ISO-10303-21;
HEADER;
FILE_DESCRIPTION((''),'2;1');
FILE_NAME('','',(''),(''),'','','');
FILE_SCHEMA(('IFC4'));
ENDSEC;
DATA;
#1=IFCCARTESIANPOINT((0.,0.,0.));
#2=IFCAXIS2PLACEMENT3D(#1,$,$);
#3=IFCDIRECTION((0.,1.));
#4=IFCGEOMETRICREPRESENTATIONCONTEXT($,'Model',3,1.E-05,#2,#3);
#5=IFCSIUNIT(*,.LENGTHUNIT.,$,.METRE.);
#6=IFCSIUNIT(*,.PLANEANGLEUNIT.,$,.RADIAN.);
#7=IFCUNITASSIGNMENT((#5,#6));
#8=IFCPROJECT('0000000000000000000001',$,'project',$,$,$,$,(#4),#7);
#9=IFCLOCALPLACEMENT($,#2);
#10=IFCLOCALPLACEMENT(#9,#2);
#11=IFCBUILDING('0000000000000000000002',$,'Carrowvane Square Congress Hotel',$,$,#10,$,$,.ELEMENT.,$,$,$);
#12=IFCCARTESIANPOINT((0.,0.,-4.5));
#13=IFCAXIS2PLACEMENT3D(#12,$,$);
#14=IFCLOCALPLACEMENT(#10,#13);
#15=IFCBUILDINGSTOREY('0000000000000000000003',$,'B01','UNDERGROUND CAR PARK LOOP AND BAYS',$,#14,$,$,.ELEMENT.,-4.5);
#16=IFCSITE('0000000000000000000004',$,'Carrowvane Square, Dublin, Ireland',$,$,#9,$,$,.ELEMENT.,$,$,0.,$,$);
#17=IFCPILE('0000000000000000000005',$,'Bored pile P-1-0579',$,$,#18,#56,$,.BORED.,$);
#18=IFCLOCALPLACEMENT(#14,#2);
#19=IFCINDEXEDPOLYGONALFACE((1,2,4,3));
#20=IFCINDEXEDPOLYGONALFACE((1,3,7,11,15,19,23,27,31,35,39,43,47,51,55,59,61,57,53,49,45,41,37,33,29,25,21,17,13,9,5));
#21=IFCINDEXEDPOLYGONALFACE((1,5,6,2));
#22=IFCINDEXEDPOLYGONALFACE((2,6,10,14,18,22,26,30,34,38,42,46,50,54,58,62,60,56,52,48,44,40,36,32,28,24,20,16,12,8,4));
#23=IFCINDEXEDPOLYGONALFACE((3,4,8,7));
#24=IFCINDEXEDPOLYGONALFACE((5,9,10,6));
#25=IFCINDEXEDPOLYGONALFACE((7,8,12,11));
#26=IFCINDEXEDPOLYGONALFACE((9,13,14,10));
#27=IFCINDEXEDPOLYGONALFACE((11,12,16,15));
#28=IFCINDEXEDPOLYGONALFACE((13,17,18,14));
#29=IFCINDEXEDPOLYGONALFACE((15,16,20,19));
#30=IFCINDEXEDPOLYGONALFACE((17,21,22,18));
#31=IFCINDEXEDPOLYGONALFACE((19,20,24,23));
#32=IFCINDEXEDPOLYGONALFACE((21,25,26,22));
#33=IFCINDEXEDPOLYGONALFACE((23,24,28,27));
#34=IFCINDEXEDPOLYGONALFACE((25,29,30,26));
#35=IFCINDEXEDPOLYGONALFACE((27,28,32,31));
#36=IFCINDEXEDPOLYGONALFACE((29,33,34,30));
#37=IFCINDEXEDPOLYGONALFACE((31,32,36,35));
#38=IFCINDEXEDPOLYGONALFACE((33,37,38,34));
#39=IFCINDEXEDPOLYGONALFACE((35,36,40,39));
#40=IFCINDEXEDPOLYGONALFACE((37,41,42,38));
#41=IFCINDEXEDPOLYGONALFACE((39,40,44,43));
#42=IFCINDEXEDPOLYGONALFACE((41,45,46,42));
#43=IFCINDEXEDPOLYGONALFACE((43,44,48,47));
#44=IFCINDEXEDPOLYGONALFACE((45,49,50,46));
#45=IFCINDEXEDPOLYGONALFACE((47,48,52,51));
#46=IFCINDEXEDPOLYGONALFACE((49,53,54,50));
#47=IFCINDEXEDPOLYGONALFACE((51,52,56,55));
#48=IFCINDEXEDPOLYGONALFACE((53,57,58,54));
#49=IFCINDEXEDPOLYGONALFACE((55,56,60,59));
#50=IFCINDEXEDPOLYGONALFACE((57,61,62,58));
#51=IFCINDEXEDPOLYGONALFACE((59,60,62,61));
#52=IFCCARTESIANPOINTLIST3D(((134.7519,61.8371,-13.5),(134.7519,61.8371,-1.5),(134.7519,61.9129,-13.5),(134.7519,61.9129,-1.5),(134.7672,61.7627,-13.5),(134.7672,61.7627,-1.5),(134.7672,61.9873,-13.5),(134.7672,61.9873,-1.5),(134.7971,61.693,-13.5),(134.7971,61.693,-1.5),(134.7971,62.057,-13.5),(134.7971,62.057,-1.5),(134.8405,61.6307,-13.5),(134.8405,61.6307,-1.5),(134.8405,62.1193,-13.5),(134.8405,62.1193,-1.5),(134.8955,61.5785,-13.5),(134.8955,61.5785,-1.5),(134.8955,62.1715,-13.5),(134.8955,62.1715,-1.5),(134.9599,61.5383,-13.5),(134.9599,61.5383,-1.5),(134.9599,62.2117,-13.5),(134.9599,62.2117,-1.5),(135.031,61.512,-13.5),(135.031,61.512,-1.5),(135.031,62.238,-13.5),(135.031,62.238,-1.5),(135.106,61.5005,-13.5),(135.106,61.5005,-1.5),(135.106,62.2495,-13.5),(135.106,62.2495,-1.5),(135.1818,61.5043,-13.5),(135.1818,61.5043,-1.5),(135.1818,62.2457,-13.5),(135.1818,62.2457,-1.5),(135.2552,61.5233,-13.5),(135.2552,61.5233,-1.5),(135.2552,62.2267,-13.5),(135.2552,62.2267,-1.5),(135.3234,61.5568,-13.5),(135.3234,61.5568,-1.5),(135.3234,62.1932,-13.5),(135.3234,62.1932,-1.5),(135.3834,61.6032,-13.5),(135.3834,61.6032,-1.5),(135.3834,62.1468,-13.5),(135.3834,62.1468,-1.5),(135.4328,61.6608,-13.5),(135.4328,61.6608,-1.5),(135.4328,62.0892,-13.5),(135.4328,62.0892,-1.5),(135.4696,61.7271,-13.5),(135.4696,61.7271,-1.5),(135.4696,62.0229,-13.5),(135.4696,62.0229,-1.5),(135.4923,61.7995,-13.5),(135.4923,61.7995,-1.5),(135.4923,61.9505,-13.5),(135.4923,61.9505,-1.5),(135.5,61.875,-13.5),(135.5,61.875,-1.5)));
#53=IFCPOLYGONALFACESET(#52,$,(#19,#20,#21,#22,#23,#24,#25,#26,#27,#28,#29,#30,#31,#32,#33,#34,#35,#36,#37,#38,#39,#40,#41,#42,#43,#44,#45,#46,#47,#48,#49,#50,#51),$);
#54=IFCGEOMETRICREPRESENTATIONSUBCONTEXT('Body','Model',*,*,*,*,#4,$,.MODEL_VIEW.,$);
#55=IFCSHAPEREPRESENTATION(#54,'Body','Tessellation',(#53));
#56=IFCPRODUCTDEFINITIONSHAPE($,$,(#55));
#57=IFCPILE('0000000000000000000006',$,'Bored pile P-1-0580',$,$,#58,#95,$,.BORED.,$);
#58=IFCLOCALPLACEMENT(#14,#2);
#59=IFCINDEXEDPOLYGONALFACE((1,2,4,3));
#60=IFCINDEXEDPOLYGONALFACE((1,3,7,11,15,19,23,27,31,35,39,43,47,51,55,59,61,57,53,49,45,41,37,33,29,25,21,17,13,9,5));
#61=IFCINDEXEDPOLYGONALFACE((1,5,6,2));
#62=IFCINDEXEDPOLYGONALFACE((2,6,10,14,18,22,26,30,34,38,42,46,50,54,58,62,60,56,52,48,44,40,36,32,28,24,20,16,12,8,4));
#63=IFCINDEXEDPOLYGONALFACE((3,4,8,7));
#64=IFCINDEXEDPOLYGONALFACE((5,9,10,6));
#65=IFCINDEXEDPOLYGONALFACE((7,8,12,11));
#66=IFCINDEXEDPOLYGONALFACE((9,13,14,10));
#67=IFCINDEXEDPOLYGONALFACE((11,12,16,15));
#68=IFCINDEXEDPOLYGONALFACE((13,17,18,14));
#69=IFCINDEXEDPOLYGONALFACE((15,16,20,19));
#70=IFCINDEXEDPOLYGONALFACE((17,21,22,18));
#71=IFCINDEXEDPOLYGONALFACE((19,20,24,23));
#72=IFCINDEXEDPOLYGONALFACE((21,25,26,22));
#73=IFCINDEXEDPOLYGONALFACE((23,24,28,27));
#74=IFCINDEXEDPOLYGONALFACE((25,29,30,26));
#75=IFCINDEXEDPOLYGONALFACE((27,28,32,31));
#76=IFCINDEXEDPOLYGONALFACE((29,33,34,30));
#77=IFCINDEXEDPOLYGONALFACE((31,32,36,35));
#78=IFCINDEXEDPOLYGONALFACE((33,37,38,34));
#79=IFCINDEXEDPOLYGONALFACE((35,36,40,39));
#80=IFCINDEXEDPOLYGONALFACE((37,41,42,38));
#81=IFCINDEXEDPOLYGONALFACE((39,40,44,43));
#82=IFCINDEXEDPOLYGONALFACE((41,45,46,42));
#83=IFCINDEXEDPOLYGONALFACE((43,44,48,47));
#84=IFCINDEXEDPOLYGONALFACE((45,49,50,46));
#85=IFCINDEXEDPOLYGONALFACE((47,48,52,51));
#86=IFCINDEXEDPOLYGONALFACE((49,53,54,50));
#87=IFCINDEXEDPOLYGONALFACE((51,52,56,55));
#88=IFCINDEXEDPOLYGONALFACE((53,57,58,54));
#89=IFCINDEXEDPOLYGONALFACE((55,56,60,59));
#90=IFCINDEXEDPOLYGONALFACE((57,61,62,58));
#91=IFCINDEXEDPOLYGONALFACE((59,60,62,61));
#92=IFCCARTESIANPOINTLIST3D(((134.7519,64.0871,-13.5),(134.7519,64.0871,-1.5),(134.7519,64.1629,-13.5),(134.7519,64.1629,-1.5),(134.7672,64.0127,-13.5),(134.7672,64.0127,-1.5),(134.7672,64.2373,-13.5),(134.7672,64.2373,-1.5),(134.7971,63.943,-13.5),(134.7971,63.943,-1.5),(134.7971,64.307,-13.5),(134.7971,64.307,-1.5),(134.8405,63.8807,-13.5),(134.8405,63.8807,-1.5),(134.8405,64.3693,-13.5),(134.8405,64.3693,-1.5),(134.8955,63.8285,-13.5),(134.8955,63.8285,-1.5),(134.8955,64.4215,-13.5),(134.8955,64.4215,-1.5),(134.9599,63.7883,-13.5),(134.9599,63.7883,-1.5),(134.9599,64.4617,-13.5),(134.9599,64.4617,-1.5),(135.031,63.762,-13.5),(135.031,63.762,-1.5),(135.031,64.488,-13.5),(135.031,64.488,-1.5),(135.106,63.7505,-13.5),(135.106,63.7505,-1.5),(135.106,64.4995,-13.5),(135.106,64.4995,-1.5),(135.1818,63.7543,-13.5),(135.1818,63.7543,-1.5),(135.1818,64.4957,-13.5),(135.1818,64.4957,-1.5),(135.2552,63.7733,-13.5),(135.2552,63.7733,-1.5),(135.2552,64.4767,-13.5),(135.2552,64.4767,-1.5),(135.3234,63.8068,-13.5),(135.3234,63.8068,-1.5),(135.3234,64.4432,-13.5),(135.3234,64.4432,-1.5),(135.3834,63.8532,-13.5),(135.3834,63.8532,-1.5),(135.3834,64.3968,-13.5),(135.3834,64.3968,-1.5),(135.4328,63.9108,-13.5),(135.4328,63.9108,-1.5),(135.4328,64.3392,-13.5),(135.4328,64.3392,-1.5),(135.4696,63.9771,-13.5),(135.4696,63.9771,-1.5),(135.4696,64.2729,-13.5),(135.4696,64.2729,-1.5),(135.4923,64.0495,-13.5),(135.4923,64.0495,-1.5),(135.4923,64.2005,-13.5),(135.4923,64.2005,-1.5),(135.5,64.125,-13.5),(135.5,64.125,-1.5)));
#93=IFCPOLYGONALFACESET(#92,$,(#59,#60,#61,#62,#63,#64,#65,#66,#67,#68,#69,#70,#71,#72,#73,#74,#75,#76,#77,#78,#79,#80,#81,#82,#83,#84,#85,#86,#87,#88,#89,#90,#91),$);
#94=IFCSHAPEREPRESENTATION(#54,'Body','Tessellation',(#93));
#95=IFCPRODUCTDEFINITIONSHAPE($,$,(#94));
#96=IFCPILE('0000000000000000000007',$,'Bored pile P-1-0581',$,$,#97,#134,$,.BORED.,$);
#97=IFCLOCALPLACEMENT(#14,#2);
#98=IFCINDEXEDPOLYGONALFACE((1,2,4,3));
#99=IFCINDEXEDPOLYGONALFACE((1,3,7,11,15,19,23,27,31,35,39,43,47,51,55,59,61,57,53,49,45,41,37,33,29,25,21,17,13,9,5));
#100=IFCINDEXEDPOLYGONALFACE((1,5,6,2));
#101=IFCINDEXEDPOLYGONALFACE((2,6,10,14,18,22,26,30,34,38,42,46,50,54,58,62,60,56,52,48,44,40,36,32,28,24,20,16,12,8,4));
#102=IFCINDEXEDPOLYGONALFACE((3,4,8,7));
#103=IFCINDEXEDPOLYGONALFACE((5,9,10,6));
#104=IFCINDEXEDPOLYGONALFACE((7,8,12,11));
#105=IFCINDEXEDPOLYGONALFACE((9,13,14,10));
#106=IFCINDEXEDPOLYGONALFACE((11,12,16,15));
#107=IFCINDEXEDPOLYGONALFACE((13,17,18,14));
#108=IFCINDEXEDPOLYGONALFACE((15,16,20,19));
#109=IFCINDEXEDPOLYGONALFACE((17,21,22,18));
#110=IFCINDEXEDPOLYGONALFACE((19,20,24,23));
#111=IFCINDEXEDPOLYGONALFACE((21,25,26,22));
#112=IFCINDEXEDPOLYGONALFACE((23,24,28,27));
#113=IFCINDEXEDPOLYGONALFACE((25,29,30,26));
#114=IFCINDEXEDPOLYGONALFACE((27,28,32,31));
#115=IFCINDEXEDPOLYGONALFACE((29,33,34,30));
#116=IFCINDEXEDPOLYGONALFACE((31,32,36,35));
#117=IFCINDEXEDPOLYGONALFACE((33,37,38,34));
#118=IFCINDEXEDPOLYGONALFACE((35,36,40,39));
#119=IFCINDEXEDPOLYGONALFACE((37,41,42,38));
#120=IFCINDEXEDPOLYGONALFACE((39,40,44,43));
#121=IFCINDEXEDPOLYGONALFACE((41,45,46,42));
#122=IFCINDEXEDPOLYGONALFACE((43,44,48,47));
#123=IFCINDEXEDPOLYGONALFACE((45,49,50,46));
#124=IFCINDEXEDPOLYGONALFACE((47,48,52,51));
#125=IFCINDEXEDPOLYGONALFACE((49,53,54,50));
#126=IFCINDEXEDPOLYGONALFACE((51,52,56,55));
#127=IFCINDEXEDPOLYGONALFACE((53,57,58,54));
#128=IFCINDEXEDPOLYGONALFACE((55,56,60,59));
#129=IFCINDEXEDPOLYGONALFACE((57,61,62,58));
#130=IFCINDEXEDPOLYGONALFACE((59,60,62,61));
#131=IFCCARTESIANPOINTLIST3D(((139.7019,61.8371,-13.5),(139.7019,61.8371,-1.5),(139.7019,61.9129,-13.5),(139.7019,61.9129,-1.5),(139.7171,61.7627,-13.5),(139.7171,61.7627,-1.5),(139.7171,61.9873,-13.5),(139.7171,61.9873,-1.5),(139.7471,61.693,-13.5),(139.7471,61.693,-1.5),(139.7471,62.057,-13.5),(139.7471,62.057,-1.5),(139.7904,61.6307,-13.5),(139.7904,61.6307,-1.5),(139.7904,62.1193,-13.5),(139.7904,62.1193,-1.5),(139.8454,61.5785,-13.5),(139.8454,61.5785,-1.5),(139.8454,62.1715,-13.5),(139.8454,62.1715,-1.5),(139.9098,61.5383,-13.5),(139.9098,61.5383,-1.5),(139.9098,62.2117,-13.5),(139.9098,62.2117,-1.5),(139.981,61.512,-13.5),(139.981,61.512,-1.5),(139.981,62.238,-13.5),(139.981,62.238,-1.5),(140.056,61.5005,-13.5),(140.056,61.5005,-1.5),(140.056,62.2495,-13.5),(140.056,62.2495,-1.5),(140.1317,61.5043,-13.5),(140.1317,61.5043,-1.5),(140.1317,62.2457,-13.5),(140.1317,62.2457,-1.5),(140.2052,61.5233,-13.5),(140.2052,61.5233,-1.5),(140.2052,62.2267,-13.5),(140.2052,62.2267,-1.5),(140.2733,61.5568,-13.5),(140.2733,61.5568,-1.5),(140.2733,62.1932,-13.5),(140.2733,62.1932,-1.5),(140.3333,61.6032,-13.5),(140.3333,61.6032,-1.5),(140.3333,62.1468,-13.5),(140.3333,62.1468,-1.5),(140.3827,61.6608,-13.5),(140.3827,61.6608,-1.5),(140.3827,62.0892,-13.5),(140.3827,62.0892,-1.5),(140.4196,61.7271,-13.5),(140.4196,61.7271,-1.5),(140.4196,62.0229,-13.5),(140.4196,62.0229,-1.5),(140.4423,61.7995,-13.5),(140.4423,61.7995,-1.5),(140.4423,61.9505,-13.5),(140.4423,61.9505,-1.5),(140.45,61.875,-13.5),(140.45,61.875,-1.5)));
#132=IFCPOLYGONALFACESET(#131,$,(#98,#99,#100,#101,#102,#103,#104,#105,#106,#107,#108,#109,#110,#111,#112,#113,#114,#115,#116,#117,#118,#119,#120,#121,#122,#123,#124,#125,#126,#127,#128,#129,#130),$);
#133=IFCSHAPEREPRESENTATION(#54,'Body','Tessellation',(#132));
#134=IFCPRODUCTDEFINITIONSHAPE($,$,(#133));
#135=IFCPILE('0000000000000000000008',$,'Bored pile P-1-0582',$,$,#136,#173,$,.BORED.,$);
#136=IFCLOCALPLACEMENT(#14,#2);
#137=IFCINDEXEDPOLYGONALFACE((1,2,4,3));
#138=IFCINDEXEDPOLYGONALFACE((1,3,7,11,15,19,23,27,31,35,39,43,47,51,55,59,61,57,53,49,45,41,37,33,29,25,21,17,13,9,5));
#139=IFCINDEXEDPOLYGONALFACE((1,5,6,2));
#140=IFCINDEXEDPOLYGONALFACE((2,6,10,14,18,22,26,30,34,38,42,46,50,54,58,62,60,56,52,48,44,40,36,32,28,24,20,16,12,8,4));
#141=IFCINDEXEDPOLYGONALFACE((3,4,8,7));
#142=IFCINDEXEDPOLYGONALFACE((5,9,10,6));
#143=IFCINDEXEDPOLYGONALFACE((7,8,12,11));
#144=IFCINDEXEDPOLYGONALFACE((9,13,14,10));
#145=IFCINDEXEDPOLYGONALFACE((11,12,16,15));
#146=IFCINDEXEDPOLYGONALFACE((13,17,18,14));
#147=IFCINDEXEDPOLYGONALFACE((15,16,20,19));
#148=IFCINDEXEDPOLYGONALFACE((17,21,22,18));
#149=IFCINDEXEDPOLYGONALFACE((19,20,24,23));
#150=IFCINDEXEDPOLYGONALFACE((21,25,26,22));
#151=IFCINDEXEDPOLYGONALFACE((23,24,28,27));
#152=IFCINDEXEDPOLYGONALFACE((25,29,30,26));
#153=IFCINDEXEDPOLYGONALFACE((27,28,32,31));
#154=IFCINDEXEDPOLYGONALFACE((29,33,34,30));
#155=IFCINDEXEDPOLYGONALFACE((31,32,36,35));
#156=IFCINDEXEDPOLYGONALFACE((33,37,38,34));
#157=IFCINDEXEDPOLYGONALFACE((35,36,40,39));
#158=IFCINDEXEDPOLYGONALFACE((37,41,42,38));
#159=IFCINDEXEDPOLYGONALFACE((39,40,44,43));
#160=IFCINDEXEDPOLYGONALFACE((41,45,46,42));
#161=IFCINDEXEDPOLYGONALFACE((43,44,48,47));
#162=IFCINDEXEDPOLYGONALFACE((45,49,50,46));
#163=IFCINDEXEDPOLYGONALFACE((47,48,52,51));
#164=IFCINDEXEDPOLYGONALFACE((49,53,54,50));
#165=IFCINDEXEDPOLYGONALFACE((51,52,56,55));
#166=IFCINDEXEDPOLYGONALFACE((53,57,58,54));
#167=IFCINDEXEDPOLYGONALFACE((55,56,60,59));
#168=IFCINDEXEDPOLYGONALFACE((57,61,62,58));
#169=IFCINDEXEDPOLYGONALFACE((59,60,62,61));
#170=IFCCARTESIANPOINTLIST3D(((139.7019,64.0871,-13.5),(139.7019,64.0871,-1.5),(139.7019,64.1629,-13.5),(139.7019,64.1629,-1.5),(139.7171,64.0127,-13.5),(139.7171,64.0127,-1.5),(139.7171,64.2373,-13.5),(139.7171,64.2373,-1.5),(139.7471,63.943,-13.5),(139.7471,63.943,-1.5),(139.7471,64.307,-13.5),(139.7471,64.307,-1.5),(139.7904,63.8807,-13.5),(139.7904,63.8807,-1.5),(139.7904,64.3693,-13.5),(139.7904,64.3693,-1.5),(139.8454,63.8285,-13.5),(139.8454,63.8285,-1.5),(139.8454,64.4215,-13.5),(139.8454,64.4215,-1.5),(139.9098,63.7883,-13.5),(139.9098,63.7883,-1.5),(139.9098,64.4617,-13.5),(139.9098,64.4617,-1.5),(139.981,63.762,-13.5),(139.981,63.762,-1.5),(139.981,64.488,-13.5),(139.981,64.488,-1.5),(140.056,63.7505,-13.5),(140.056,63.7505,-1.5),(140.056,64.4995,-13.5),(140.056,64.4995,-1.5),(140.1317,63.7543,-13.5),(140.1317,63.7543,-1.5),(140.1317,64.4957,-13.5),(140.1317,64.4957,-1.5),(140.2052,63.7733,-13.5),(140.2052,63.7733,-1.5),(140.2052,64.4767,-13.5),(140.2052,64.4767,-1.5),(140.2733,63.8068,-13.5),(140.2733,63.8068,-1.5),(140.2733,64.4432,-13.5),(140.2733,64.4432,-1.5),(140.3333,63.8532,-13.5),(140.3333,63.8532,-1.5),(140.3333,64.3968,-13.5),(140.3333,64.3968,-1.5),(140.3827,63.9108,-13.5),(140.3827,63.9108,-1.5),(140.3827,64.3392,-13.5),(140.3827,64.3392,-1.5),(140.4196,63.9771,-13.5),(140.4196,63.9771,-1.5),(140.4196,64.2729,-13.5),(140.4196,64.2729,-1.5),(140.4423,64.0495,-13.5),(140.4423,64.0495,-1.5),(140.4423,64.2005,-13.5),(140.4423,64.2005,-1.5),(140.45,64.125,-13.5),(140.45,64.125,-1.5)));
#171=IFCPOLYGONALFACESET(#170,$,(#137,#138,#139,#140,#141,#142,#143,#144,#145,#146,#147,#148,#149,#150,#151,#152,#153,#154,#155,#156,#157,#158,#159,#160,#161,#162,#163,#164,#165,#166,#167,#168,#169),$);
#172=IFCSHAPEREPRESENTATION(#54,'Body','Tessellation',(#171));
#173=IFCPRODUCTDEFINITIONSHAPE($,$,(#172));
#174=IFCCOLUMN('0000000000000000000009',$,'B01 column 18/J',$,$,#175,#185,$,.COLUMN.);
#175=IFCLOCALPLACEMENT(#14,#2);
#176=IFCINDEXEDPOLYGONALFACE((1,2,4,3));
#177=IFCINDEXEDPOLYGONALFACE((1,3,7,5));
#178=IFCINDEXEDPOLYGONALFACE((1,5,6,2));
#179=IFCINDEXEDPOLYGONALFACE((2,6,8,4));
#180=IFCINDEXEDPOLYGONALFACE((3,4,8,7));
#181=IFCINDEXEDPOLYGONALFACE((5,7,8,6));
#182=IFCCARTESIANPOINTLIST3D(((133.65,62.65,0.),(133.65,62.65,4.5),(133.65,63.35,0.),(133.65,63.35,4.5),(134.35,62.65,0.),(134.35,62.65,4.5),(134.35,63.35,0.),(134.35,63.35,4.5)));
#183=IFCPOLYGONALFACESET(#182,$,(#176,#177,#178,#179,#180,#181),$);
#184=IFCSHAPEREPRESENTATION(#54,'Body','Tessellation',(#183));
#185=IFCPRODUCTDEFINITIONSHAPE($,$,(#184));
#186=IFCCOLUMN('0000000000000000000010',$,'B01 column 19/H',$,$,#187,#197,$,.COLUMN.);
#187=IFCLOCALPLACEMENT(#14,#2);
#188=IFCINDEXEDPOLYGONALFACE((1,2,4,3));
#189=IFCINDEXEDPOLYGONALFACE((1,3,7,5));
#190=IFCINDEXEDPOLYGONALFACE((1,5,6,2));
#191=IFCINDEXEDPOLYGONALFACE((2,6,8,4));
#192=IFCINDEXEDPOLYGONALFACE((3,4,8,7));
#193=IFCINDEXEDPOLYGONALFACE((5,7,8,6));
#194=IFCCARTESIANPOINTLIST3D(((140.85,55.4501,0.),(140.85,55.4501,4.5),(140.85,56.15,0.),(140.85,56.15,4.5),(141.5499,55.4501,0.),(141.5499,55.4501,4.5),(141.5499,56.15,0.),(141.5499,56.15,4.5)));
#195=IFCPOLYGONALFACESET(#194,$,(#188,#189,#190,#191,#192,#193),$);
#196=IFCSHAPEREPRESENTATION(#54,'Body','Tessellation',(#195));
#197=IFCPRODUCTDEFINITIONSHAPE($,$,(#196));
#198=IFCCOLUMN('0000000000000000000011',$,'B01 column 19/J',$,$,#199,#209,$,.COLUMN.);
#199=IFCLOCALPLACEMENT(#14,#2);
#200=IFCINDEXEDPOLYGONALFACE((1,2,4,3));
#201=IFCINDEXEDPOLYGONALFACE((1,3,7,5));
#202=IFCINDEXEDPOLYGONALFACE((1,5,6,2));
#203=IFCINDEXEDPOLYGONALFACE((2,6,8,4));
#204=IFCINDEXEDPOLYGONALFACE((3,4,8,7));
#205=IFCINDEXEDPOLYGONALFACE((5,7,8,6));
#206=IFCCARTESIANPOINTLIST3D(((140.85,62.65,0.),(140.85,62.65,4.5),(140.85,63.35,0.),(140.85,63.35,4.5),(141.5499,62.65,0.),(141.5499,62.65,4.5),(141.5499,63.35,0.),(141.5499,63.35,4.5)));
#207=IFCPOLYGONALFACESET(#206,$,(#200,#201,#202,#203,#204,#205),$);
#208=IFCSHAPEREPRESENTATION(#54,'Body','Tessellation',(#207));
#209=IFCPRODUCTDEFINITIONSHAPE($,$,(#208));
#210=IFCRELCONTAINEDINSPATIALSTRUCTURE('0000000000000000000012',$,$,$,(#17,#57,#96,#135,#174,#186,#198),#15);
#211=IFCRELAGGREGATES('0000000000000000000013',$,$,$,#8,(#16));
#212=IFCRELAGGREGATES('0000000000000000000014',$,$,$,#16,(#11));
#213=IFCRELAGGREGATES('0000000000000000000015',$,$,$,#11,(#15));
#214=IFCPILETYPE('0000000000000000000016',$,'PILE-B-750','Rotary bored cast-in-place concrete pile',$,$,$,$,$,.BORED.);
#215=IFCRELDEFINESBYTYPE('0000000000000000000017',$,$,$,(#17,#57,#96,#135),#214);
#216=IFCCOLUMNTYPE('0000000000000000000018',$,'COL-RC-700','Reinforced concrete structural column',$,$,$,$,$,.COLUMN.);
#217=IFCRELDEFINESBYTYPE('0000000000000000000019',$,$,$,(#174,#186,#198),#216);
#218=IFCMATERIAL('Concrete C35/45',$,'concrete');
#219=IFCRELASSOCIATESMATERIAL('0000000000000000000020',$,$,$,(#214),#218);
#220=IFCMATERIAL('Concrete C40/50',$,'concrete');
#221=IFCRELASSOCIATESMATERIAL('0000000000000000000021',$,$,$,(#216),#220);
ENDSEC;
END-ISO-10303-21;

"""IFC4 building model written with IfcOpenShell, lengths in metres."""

from ifc_helpers import new_model, si_unit, direction, frame, origin, origin_2d, place, context, subcontext, project, spatial, rectangle, circle, extrude, material, material_profile, profile_set, type_object, element, save


model = new_model("IFC4")

# Units and contexts
model_context = context("Model", 3, precision=1e-05, world=origin(), true_north=direction((0.0, 1.0)))
body_context = subcontext(model_context, "Body", "Model", "MODEL_VIEW")
ifc_project = project(units=[si_unit("LENGTHUNIT", "METRE"), si_unit("PLANEANGLEUNIT", "RADIAN")], contexts=[model_context])

# Site, building, storey
site_placement = place(None, origin())
site = spatial("IfcSite", under=ifc_project, at=site_placement, Name="Carrowvane Square, Dublin, Ireland", CompositionType="ELEMENT", RefElevation=0.0)
building_placement = place(site_placement, origin())
building = spatial("IfcBuilding", under=site, at=building_placement, Name="Carrowvane Square Congress Hotel", CompositionType="ELEMENT")
storey_placement = place(building_placement, frame((0.0, 0.0, -4.5)))
storey = spatial("IfcBuildingStorey", under=building, at=storey_placement, Name="B01", Description="UNDERGROUND CAR PARK LOOP AND BAYS", CompositionType="ELEMENT", Elevation=-4.5)

# Piles
ifc_material_1 = material(Name="Concrete C35/45", Category="concrete")
ifc_material_profile_1 = material_profile(ifc_material_1, circle(Radius=0.375, at=origin_2d()), Name="PILE D750")
ifc_profile_set_1 = profile_set([ifc_material_profile_1], Name="Concrete C35/45")
pile_type = type_object("IfcPileType", Name="PILE-B-750", Description="Rotary bored cast-in-place concrete pile", PredefinedType="BORED", material=ifc_profile_set_1)
for number, where, z_axis, x_axis, name in (
    (1, (135.125, 61.875, -1.5), (0.0, 0.0, -1.0), (1.0, 0.0, 0.0), "Bored pile P-1-0579"),
    (2, (135.125, 64.125, -1.5), (0.0, 0.0, -1.0), (1.0, 0.0, 0.0), "Bored pile P-1-0580"),
    (3, (140.075, 61.875, -1.5), (0.0, 0.0, -1.0), (1.0, 0.0, 0.0), "Bored pile P-1-0581"),
    (4, (140.075, 64.125, -1.5), (0.0, 0.0, -1.0), (1.0, 0.0, 0.0), "Bored pile P-1-0582"),
):
    element("IfcPile", number, at=place(storey_placement, frame(where, z_axis=z_axis, x_axis=x_axis)), inside=storey, type_object=pile_type, Name=name, PredefinedType="BORED", context=body_context, shape_type="SweptSolid", body=[
        extrude(circle(Radius=0.375, at=origin_2d()), origin(), (0.0, 0.0, 1.0), 12.0),
    ])

# Columns
ifc_material_2 = material(Name="Concrete C40/50", Category="concrete")
ifc_material_profile_2 = material_profile(ifc_material_2, rectangle(XDim=0.7, YDim=0.7, at=origin_2d()), Name="RC 700x700")
ifc_profile_set_2 = profile_set([ifc_material_profile_2], Name="Concrete C40/50")
column_type = type_object("IfcColumnType", Name="COL-RC-700", Description="Reinforced concrete structural column", PredefinedType="COLUMN", material=ifc_profile_set_2)
for number, where, z_axis, x_axis, name in (
    (5, (134.0, 63.0, 0.0), (0.0, 0.0, 1.0), (1.0, 0.0, 0.0), "B01 column 18/J"),
    (6, (141.2, 55.8, 0.0), (0.0, 0.0, 1.0), (1.0, 0.0, 0.0), "B01 column 19/H"),
    (7, (141.2, 63.0, 0.0), (0.0, 0.0, 1.0), (1.0, 0.0, 0.0), "B01 column 19/J"),
):
    element("IfcColumn", number, at=place(storey_placement, frame(where, z_axis=z_axis, x_axis=x_axis)), inside=storey, type_object=column_type, Name=name, PredefinedType="COLUMN", context=body_context, shape_type="SweptSolid", body=[
        extrude(rectangle(XDim=0.7, YDim=0.7, at=origin_2d()), origin(), (0.0, 0.0, 1.0), 4.5),
    ])

save(model, "model.ifc")
